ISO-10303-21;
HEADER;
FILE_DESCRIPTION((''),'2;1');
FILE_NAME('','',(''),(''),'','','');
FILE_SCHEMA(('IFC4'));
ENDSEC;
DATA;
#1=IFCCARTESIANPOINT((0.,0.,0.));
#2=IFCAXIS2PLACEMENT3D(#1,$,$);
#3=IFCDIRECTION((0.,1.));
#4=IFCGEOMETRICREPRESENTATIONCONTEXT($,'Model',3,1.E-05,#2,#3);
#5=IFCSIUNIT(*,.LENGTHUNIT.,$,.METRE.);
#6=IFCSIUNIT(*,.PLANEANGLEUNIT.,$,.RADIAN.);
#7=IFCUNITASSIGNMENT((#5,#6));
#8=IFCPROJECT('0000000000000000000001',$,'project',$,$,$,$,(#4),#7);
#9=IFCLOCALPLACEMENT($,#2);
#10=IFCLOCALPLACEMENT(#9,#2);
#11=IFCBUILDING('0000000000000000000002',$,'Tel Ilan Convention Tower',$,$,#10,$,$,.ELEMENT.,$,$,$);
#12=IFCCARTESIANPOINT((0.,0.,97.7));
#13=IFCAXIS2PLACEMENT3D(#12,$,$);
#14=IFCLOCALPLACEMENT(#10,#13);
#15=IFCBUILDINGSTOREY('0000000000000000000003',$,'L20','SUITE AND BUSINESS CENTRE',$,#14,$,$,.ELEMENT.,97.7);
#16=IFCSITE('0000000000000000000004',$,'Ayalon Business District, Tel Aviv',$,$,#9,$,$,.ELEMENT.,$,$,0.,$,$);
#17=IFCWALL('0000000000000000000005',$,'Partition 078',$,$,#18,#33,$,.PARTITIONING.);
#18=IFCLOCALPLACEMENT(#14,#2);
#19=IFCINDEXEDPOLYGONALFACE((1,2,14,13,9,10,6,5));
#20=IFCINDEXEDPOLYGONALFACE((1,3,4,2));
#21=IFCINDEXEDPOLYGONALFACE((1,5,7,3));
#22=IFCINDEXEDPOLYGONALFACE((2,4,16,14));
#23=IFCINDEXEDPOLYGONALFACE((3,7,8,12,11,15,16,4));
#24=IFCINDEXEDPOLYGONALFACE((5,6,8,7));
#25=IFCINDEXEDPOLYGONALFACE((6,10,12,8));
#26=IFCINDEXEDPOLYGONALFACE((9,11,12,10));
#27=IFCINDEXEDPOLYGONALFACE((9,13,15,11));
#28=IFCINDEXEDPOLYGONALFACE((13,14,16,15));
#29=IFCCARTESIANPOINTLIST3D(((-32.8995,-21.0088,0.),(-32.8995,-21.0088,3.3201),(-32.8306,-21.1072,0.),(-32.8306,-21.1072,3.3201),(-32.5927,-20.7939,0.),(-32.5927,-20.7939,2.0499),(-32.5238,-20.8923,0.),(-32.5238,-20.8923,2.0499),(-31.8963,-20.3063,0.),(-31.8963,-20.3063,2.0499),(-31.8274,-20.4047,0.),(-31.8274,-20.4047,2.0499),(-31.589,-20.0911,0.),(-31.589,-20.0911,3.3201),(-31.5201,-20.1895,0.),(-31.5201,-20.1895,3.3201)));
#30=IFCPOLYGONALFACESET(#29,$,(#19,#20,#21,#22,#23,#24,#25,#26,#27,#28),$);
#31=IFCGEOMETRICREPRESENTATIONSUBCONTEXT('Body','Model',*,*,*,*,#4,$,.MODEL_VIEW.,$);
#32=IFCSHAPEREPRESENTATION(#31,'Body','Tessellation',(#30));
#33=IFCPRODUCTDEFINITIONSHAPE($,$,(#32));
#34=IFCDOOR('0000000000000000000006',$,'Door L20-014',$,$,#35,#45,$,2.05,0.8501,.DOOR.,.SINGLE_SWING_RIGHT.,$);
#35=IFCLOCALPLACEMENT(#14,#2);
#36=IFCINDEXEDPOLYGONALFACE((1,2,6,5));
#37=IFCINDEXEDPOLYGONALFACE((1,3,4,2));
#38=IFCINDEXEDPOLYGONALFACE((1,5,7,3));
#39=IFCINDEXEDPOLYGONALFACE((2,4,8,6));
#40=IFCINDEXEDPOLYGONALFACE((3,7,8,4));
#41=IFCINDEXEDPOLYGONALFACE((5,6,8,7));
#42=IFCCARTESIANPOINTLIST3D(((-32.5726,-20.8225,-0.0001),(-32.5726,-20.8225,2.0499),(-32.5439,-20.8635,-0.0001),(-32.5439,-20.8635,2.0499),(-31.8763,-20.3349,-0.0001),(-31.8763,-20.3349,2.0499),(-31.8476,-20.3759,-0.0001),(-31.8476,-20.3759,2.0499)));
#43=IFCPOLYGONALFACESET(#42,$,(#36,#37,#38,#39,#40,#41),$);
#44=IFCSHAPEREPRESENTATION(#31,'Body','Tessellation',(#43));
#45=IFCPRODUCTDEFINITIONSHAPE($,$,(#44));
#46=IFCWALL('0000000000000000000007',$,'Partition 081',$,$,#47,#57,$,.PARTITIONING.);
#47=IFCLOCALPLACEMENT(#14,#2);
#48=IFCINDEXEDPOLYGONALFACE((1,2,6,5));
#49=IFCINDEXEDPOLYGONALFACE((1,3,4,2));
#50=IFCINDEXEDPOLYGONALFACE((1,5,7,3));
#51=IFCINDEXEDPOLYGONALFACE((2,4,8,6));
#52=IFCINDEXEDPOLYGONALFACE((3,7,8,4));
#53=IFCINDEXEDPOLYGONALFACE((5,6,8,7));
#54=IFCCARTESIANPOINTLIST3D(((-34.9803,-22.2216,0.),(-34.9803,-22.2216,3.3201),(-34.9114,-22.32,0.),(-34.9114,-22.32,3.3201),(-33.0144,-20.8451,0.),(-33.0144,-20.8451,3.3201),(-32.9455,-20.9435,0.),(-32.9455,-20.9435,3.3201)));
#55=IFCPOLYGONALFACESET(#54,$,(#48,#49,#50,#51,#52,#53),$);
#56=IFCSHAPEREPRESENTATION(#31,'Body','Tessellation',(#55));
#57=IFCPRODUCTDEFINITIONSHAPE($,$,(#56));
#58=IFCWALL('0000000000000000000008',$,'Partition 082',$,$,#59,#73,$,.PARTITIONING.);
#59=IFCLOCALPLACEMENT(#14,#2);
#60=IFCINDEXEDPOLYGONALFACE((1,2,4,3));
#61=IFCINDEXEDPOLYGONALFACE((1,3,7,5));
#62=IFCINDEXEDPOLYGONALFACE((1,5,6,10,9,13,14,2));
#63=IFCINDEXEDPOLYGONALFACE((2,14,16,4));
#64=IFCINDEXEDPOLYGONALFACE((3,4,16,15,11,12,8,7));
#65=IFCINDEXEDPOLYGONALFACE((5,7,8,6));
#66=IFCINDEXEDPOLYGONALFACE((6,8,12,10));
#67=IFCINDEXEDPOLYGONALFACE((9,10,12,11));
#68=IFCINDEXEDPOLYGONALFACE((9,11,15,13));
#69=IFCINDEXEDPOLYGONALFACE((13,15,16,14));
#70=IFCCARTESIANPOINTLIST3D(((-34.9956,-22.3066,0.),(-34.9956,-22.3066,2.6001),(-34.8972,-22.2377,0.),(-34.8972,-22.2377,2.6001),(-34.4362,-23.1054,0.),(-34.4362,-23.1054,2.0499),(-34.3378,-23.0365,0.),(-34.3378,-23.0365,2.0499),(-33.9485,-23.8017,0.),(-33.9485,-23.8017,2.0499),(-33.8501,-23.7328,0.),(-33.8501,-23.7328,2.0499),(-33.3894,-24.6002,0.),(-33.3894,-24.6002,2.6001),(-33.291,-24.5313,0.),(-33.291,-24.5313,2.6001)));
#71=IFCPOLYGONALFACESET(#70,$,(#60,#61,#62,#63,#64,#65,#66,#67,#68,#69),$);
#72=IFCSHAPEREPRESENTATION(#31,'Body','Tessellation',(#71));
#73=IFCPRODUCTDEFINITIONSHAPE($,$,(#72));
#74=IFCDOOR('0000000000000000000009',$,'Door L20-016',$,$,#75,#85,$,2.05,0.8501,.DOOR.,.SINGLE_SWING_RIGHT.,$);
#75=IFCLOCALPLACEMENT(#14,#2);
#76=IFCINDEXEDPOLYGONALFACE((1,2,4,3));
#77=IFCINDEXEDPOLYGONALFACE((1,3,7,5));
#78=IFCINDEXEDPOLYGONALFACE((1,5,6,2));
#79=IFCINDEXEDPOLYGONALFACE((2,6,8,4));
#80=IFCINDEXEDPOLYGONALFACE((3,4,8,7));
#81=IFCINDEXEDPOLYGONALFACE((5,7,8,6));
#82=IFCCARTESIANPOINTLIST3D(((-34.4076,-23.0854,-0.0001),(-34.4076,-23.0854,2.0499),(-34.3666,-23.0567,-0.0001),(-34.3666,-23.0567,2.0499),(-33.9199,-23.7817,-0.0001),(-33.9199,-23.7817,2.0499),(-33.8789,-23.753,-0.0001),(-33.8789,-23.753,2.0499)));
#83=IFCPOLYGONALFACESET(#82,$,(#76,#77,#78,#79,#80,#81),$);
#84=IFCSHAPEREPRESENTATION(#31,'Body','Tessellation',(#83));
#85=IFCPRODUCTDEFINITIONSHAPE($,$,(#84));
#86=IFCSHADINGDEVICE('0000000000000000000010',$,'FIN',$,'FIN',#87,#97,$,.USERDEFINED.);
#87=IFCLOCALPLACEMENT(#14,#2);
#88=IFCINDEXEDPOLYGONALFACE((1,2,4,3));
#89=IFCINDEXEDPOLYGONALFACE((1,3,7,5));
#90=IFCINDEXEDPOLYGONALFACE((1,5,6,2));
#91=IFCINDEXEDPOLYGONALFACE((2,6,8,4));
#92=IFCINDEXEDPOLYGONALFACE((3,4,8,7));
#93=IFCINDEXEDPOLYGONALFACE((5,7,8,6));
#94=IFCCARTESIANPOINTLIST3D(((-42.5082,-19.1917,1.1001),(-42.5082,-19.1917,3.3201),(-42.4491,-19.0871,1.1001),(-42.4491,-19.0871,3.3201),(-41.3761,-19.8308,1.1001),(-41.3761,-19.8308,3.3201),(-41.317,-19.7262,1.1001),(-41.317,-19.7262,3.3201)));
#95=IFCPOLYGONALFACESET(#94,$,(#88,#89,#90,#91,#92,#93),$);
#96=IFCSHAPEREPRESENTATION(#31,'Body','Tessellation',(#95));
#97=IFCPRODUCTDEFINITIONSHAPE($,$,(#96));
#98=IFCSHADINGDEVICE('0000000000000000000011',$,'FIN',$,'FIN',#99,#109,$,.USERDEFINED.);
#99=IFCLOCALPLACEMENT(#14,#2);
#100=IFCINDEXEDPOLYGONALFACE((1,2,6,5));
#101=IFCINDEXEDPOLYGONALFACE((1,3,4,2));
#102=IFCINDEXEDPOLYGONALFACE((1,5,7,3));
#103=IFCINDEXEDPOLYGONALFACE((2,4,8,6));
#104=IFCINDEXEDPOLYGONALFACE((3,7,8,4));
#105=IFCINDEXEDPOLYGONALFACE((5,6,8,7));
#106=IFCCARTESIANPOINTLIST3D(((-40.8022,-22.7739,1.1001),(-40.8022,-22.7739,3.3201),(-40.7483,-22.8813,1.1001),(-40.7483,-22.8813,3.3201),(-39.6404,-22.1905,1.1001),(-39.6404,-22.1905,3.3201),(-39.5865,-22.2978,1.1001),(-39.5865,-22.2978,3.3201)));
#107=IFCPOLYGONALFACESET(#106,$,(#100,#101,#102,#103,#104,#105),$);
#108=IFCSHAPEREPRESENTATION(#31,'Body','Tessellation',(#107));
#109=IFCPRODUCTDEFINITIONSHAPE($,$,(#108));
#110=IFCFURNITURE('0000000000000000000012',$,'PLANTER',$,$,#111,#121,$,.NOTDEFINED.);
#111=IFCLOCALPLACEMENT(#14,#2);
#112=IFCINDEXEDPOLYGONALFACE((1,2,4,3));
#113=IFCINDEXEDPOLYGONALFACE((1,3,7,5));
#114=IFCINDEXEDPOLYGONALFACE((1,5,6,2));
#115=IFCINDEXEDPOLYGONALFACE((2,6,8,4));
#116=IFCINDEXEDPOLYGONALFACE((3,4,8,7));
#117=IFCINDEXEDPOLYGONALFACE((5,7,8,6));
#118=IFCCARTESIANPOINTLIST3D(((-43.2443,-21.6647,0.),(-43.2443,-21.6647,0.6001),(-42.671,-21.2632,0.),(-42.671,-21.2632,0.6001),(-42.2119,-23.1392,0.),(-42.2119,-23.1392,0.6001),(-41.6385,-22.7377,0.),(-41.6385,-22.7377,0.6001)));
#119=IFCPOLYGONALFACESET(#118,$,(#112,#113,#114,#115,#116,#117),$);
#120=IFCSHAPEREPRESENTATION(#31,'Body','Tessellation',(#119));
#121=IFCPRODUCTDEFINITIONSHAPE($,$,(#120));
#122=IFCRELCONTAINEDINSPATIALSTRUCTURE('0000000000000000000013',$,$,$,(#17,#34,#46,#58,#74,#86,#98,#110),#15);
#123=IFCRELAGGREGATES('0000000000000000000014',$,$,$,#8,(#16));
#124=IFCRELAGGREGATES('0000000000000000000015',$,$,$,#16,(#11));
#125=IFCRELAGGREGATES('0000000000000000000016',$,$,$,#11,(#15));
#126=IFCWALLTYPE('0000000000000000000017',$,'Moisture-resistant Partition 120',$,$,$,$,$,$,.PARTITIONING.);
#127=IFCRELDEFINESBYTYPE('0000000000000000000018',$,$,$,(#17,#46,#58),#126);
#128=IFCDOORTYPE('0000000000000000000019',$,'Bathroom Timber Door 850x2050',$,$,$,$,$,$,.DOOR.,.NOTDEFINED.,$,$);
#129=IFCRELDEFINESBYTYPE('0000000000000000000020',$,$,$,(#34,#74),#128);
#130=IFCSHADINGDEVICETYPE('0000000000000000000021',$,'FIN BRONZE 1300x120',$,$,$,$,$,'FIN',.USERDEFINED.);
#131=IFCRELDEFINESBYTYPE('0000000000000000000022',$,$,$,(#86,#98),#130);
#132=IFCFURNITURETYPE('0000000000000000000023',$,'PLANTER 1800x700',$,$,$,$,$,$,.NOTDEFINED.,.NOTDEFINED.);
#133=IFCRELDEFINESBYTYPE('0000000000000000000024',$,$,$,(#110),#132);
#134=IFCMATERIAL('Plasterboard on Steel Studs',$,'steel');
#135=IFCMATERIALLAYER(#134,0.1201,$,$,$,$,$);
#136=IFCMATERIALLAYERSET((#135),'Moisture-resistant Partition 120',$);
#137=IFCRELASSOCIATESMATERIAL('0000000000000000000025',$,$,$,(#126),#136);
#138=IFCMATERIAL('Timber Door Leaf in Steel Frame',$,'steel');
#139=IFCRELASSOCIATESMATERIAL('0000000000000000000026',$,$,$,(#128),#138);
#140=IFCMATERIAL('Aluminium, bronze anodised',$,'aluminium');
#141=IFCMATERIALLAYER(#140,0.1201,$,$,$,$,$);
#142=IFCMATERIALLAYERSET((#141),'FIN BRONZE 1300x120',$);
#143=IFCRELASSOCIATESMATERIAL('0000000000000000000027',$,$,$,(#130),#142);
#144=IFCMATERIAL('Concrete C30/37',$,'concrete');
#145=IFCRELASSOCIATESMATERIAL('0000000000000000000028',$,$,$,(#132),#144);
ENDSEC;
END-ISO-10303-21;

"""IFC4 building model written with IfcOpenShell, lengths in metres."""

from ifc_helpers import new_model, si_unit, direction, frame, frame_2d, origin, origin_2d, place, context, subcontext, project, spatial, rectangle, extrude, material, layer, layer_set, type_object, element, fill, save


model = new_model("IFC4")

# Units and contexts
model_context = context("Model", 3, precision=1e-05, world=origin(), true_north=direction((0.0, 1.0)))
body_context = subcontext(model_context, "Body", "Model", "MODEL_VIEW")
ifc_project = project(units=[si_unit("LENGTHUNIT", "METRE"), si_unit("PLANEANGLEUNIT", "RADIAN")], contexts=[model_context])

# Site, building, storey
site_placement = place(None, origin())
site = spatial("IfcSite", under=ifc_project, at=site_placement, Name="Ayalon Business District, Tel Aviv", CompositionType="ELEMENT", RefElevation=0.0)
building_placement = place(site_placement, origin())
building = spatial("IfcBuilding", under=site, at=building_placement, Name="Tel Ilan Convention Tower", CompositionType="ELEMENT")
storey_placement = place(building_placement, frame((0.0, 0.0, 97.7)))
storey = spatial("IfcBuildingStorey", under=building, at=storey_placement, Name="L20", Description="SUITE AND BUSINESS CENTRE", CompositionType="ELEMENT", Elevation=97.7)

# Shared definitions
ifc_material_1 = material(Name="Plasterboard on Steel Studs", Category="steel")
ifc_layer_1 = layer(ifc_material_1, 0.1201)
ifc_layer_set_1 = layer_set([ifc_layer_1], Name="Moisture-resistant Partition 120")
wall_type_1 = type_object("IfcWallType", Name="Moisture-resistant Partition 120", PredefinedType="PARTITIONING", material=ifc_layer_set_1)

# Wall, opening, door
wall_1_placement = place(storey_placement, frame((-31.5547, -20.1404, 0.0), z_axis=(0.0, 0.0, 1.0), x_axis=(-0.819132, -0.573606, 0.0)))
wall_1 = element("IfcWall", 1, at=wall_1_placement, inside=storey, type_object=wall_type_1, Name="Partition 078", PredefinedType="PARTITIONING", context=body_context, shape_type="SweptSolid", body=[
    extrude(rectangle(XDim=1.5999, YDim=0.1201, at=frame_2d((0.7998, 0.0))), origin(), (0.0, 0.0, 1.0), 3.3201),
])
opening_1_placement = place(wall_1_placement, frame((0.375, 0.0, 0.0)))
opening_1 = element("IfcOpeningElement", 2, at=opening_1_placement, cuts=wall_1, PredefinedType="OPENING", context=body_context, shape_type="SweptSolid", body=[
    extrude(rectangle(XDim=0.8501, YDim=2.05, at=frame_2d((0.425, 1.0249))), frame((0.0, 0.0701, 0.0), z_axis=(0.0, -1.0, 0.0), x_axis=(1.0, 0.0, 0.0)), (0.0, 0.0, 1.0), 0.1401),
])
ifc_material_2 = material(Name="Timber Door Leaf in Steel Frame", Category="steel")
door_type_1 = type_object("IfcDoorType", Name="Bathroom Timber Door 850x2050", OperationType="NOTDEFINED", PredefinedType="DOOR", material=ifc_material_2)
door_1_placement = place(opening_1_placement, origin())
door_1 = element("IfcDoor", 3, at=door_1_placement, inside=storey, type_object=door_type_1, Name="Door L20-014", OperationType="SINGLE_SWING_RIGHT", OverallHeight=2.05, OverallWidth=0.8501, PredefinedType="DOOR", context=body_context, shape_type="SweptSolid", body=[
    extrude(rectangle(XDim=0.8501, YDim=2.05, at=frame_2d((0.425, 1.0249))), frame((0.0, 0.0249, 0.0), z_axis=(0.0, -1.0, 0.0), x_axis=(1.0, 0.0, 0.0)), (0.0, 0.0, 1.0), 0.05),
])
fill(opening_1, door_1)

# Wall
wall_2_placement = place(storey_placement, frame((-32.98, -20.8943, 0.0), z_axis=(0.0, 0.0, 1.0), x_axis=(-0.819155, -0.573572, 0.0)))
element("IfcWall", 4, at=wall_2_placement, inside=storey, type_object=wall_type_1, Name="Partition 081", PredefinedType="PARTITIONING", context=body_context, shape_type="SweptSolid", body=[
    extrude(rectangle(XDim=2.3999, YDim=0.1201, at=frame_2d((1.2, 0.0))), origin(), (0.0, 0.0, 1.0), 3.3201),
])

# Wall, opening, door
wall_3_placement = place(storey_placement, frame((-34.9463, -22.2722, 0.0), z_axis=(0.0, 0.0, 1.0), x_axis=(0.573609, -0.81913, 0.0)))
wall_3 = element("IfcWall", 5, at=wall_3_placement, inside=storey, type_object=wall_type_1, Name="Partition 082", PredefinedType="PARTITIONING", context=body_context, shape_type="SweptSolid", body=[
    extrude(rectangle(XDim=2.8, YDim=0.1201, at=frame_2d((1.3999, 0.0))), origin(), (0.0, 0.0, 1.0), 2.6001),
])
opening_2_placement = place(wall_3_placement, frame((0.9751, 0.0, 0.0)))
opening_2 = element("IfcOpeningElement", 6, at=opening_2_placement, cuts=wall_3, PredefinedType="OPENING", context=body_context, shape_type="SweptSolid", body=[
    extrude(rectangle(XDim=0.8501, YDim=2.05, at=frame_2d((0.425, 1.0249))), frame((0.0, 0.0701, 0.0), z_axis=(0.0, -1.0, 0.0), x_axis=(1.0, 0.0, 0.0)), (0.0, 0.0, 1.0), 0.1401),
])
door_2_placement = place(opening_2_placement, origin())
door_2 = element("IfcDoor", 7, at=door_2_placement, inside=storey, type_object=door_type_1, Name="Door L20-016", OperationType="SINGLE_SWING_RIGHT", OverallHeight=2.05, OverallWidth=0.8501, PredefinedType="DOOR", context=body_context, shape_type="SweptSolid", body=[
    extrude(rectangle(XDim=0.8501, YDim=2.05, at=frame_2d((0.425, 1.0249))), frame((0.0, 0.0249, 0.0), z_axis=(0.0, -1.0, 0.0), x_axis=(1.0, 0.0, 0.0)), (0.0, 0.0, 1.0), 0.05),
])
fill(opening_2, door_2)

# Shading devices
ifc_material_3 = material(Name="Aluminium, bronze anodised", Category="aluminium")
ifc_layer_2 = layer(ifc_material_3, 0.1201)
ifc_layer_set_2 = layer_set([ifc_layer_2], Name="FIN BRONZE 1300x120")
shading_device_type = type_object("IfcShadingDeviceType", Name="FIN BRONZE 1300x120", ElementType="FIN", PredefinedType="USERDEFINED", material=ifc_layer_set_2)
for number, where, z_axis, x_axis, name in (
    (8, (-41.9126, -19.459, 1.1001), (0.0, 0.0, 1.0), (-0.870833, 0.491579, 0.0), "FIN"),
    (9, (-40.1943, -22.5359, 1.1001), (0.0, 0.0, 1.0), (-0.893633, -0.448799, 0.0), "FIN"),
):
    element("IfcShadingDevice", number, at=place(storey_placement, frame(where, z_axis=z_axis, x_axis=x_axis)), inside=storey, type_object=shading_device_type, Name=name, ObjectType="FIN", PredefinedType="USERDEFINED", context=body_context, shape_type="SweptSolid", body=[
        extrude(rectangle(XDim=1.3, YDim=0.1201, at=origin_2d()), origin(), (0.0, 0.0, 1.0), 2.22),
    ])

# Furniture
ifc_material_4 = material(Name="Concrete C30/37", Category="concrete")
furniture_type = type_object("IfcFurnitureType", Name="PLANTER 1800x700", AssemblyPlace="NOTDEFINED", PredefinedType="NOTDEFINED", material=ifc_material_4)
furniture_placement = place(storey_placement, frame((-42.4414, -22.2012, 0.0), z_axis=(0.0, 0.0, 1.0), x_axis=(-0.573576, 0.819152, 0.0)))
element("IfcFurniture", 10, at=furniture_placement, inside=storey, type_object=furniture_type, Name="PLANTER", PredefinedType="NOTDEFINED", context=body_context, shape_type="SweptSolid", body=[
    extrude(rectangle(XDim=1.8, YDim=0.7, at=origin_2d()), origin(), (0.0, 0.0, 1.0), 0.6001),
])

save(model, "model.ifc")
